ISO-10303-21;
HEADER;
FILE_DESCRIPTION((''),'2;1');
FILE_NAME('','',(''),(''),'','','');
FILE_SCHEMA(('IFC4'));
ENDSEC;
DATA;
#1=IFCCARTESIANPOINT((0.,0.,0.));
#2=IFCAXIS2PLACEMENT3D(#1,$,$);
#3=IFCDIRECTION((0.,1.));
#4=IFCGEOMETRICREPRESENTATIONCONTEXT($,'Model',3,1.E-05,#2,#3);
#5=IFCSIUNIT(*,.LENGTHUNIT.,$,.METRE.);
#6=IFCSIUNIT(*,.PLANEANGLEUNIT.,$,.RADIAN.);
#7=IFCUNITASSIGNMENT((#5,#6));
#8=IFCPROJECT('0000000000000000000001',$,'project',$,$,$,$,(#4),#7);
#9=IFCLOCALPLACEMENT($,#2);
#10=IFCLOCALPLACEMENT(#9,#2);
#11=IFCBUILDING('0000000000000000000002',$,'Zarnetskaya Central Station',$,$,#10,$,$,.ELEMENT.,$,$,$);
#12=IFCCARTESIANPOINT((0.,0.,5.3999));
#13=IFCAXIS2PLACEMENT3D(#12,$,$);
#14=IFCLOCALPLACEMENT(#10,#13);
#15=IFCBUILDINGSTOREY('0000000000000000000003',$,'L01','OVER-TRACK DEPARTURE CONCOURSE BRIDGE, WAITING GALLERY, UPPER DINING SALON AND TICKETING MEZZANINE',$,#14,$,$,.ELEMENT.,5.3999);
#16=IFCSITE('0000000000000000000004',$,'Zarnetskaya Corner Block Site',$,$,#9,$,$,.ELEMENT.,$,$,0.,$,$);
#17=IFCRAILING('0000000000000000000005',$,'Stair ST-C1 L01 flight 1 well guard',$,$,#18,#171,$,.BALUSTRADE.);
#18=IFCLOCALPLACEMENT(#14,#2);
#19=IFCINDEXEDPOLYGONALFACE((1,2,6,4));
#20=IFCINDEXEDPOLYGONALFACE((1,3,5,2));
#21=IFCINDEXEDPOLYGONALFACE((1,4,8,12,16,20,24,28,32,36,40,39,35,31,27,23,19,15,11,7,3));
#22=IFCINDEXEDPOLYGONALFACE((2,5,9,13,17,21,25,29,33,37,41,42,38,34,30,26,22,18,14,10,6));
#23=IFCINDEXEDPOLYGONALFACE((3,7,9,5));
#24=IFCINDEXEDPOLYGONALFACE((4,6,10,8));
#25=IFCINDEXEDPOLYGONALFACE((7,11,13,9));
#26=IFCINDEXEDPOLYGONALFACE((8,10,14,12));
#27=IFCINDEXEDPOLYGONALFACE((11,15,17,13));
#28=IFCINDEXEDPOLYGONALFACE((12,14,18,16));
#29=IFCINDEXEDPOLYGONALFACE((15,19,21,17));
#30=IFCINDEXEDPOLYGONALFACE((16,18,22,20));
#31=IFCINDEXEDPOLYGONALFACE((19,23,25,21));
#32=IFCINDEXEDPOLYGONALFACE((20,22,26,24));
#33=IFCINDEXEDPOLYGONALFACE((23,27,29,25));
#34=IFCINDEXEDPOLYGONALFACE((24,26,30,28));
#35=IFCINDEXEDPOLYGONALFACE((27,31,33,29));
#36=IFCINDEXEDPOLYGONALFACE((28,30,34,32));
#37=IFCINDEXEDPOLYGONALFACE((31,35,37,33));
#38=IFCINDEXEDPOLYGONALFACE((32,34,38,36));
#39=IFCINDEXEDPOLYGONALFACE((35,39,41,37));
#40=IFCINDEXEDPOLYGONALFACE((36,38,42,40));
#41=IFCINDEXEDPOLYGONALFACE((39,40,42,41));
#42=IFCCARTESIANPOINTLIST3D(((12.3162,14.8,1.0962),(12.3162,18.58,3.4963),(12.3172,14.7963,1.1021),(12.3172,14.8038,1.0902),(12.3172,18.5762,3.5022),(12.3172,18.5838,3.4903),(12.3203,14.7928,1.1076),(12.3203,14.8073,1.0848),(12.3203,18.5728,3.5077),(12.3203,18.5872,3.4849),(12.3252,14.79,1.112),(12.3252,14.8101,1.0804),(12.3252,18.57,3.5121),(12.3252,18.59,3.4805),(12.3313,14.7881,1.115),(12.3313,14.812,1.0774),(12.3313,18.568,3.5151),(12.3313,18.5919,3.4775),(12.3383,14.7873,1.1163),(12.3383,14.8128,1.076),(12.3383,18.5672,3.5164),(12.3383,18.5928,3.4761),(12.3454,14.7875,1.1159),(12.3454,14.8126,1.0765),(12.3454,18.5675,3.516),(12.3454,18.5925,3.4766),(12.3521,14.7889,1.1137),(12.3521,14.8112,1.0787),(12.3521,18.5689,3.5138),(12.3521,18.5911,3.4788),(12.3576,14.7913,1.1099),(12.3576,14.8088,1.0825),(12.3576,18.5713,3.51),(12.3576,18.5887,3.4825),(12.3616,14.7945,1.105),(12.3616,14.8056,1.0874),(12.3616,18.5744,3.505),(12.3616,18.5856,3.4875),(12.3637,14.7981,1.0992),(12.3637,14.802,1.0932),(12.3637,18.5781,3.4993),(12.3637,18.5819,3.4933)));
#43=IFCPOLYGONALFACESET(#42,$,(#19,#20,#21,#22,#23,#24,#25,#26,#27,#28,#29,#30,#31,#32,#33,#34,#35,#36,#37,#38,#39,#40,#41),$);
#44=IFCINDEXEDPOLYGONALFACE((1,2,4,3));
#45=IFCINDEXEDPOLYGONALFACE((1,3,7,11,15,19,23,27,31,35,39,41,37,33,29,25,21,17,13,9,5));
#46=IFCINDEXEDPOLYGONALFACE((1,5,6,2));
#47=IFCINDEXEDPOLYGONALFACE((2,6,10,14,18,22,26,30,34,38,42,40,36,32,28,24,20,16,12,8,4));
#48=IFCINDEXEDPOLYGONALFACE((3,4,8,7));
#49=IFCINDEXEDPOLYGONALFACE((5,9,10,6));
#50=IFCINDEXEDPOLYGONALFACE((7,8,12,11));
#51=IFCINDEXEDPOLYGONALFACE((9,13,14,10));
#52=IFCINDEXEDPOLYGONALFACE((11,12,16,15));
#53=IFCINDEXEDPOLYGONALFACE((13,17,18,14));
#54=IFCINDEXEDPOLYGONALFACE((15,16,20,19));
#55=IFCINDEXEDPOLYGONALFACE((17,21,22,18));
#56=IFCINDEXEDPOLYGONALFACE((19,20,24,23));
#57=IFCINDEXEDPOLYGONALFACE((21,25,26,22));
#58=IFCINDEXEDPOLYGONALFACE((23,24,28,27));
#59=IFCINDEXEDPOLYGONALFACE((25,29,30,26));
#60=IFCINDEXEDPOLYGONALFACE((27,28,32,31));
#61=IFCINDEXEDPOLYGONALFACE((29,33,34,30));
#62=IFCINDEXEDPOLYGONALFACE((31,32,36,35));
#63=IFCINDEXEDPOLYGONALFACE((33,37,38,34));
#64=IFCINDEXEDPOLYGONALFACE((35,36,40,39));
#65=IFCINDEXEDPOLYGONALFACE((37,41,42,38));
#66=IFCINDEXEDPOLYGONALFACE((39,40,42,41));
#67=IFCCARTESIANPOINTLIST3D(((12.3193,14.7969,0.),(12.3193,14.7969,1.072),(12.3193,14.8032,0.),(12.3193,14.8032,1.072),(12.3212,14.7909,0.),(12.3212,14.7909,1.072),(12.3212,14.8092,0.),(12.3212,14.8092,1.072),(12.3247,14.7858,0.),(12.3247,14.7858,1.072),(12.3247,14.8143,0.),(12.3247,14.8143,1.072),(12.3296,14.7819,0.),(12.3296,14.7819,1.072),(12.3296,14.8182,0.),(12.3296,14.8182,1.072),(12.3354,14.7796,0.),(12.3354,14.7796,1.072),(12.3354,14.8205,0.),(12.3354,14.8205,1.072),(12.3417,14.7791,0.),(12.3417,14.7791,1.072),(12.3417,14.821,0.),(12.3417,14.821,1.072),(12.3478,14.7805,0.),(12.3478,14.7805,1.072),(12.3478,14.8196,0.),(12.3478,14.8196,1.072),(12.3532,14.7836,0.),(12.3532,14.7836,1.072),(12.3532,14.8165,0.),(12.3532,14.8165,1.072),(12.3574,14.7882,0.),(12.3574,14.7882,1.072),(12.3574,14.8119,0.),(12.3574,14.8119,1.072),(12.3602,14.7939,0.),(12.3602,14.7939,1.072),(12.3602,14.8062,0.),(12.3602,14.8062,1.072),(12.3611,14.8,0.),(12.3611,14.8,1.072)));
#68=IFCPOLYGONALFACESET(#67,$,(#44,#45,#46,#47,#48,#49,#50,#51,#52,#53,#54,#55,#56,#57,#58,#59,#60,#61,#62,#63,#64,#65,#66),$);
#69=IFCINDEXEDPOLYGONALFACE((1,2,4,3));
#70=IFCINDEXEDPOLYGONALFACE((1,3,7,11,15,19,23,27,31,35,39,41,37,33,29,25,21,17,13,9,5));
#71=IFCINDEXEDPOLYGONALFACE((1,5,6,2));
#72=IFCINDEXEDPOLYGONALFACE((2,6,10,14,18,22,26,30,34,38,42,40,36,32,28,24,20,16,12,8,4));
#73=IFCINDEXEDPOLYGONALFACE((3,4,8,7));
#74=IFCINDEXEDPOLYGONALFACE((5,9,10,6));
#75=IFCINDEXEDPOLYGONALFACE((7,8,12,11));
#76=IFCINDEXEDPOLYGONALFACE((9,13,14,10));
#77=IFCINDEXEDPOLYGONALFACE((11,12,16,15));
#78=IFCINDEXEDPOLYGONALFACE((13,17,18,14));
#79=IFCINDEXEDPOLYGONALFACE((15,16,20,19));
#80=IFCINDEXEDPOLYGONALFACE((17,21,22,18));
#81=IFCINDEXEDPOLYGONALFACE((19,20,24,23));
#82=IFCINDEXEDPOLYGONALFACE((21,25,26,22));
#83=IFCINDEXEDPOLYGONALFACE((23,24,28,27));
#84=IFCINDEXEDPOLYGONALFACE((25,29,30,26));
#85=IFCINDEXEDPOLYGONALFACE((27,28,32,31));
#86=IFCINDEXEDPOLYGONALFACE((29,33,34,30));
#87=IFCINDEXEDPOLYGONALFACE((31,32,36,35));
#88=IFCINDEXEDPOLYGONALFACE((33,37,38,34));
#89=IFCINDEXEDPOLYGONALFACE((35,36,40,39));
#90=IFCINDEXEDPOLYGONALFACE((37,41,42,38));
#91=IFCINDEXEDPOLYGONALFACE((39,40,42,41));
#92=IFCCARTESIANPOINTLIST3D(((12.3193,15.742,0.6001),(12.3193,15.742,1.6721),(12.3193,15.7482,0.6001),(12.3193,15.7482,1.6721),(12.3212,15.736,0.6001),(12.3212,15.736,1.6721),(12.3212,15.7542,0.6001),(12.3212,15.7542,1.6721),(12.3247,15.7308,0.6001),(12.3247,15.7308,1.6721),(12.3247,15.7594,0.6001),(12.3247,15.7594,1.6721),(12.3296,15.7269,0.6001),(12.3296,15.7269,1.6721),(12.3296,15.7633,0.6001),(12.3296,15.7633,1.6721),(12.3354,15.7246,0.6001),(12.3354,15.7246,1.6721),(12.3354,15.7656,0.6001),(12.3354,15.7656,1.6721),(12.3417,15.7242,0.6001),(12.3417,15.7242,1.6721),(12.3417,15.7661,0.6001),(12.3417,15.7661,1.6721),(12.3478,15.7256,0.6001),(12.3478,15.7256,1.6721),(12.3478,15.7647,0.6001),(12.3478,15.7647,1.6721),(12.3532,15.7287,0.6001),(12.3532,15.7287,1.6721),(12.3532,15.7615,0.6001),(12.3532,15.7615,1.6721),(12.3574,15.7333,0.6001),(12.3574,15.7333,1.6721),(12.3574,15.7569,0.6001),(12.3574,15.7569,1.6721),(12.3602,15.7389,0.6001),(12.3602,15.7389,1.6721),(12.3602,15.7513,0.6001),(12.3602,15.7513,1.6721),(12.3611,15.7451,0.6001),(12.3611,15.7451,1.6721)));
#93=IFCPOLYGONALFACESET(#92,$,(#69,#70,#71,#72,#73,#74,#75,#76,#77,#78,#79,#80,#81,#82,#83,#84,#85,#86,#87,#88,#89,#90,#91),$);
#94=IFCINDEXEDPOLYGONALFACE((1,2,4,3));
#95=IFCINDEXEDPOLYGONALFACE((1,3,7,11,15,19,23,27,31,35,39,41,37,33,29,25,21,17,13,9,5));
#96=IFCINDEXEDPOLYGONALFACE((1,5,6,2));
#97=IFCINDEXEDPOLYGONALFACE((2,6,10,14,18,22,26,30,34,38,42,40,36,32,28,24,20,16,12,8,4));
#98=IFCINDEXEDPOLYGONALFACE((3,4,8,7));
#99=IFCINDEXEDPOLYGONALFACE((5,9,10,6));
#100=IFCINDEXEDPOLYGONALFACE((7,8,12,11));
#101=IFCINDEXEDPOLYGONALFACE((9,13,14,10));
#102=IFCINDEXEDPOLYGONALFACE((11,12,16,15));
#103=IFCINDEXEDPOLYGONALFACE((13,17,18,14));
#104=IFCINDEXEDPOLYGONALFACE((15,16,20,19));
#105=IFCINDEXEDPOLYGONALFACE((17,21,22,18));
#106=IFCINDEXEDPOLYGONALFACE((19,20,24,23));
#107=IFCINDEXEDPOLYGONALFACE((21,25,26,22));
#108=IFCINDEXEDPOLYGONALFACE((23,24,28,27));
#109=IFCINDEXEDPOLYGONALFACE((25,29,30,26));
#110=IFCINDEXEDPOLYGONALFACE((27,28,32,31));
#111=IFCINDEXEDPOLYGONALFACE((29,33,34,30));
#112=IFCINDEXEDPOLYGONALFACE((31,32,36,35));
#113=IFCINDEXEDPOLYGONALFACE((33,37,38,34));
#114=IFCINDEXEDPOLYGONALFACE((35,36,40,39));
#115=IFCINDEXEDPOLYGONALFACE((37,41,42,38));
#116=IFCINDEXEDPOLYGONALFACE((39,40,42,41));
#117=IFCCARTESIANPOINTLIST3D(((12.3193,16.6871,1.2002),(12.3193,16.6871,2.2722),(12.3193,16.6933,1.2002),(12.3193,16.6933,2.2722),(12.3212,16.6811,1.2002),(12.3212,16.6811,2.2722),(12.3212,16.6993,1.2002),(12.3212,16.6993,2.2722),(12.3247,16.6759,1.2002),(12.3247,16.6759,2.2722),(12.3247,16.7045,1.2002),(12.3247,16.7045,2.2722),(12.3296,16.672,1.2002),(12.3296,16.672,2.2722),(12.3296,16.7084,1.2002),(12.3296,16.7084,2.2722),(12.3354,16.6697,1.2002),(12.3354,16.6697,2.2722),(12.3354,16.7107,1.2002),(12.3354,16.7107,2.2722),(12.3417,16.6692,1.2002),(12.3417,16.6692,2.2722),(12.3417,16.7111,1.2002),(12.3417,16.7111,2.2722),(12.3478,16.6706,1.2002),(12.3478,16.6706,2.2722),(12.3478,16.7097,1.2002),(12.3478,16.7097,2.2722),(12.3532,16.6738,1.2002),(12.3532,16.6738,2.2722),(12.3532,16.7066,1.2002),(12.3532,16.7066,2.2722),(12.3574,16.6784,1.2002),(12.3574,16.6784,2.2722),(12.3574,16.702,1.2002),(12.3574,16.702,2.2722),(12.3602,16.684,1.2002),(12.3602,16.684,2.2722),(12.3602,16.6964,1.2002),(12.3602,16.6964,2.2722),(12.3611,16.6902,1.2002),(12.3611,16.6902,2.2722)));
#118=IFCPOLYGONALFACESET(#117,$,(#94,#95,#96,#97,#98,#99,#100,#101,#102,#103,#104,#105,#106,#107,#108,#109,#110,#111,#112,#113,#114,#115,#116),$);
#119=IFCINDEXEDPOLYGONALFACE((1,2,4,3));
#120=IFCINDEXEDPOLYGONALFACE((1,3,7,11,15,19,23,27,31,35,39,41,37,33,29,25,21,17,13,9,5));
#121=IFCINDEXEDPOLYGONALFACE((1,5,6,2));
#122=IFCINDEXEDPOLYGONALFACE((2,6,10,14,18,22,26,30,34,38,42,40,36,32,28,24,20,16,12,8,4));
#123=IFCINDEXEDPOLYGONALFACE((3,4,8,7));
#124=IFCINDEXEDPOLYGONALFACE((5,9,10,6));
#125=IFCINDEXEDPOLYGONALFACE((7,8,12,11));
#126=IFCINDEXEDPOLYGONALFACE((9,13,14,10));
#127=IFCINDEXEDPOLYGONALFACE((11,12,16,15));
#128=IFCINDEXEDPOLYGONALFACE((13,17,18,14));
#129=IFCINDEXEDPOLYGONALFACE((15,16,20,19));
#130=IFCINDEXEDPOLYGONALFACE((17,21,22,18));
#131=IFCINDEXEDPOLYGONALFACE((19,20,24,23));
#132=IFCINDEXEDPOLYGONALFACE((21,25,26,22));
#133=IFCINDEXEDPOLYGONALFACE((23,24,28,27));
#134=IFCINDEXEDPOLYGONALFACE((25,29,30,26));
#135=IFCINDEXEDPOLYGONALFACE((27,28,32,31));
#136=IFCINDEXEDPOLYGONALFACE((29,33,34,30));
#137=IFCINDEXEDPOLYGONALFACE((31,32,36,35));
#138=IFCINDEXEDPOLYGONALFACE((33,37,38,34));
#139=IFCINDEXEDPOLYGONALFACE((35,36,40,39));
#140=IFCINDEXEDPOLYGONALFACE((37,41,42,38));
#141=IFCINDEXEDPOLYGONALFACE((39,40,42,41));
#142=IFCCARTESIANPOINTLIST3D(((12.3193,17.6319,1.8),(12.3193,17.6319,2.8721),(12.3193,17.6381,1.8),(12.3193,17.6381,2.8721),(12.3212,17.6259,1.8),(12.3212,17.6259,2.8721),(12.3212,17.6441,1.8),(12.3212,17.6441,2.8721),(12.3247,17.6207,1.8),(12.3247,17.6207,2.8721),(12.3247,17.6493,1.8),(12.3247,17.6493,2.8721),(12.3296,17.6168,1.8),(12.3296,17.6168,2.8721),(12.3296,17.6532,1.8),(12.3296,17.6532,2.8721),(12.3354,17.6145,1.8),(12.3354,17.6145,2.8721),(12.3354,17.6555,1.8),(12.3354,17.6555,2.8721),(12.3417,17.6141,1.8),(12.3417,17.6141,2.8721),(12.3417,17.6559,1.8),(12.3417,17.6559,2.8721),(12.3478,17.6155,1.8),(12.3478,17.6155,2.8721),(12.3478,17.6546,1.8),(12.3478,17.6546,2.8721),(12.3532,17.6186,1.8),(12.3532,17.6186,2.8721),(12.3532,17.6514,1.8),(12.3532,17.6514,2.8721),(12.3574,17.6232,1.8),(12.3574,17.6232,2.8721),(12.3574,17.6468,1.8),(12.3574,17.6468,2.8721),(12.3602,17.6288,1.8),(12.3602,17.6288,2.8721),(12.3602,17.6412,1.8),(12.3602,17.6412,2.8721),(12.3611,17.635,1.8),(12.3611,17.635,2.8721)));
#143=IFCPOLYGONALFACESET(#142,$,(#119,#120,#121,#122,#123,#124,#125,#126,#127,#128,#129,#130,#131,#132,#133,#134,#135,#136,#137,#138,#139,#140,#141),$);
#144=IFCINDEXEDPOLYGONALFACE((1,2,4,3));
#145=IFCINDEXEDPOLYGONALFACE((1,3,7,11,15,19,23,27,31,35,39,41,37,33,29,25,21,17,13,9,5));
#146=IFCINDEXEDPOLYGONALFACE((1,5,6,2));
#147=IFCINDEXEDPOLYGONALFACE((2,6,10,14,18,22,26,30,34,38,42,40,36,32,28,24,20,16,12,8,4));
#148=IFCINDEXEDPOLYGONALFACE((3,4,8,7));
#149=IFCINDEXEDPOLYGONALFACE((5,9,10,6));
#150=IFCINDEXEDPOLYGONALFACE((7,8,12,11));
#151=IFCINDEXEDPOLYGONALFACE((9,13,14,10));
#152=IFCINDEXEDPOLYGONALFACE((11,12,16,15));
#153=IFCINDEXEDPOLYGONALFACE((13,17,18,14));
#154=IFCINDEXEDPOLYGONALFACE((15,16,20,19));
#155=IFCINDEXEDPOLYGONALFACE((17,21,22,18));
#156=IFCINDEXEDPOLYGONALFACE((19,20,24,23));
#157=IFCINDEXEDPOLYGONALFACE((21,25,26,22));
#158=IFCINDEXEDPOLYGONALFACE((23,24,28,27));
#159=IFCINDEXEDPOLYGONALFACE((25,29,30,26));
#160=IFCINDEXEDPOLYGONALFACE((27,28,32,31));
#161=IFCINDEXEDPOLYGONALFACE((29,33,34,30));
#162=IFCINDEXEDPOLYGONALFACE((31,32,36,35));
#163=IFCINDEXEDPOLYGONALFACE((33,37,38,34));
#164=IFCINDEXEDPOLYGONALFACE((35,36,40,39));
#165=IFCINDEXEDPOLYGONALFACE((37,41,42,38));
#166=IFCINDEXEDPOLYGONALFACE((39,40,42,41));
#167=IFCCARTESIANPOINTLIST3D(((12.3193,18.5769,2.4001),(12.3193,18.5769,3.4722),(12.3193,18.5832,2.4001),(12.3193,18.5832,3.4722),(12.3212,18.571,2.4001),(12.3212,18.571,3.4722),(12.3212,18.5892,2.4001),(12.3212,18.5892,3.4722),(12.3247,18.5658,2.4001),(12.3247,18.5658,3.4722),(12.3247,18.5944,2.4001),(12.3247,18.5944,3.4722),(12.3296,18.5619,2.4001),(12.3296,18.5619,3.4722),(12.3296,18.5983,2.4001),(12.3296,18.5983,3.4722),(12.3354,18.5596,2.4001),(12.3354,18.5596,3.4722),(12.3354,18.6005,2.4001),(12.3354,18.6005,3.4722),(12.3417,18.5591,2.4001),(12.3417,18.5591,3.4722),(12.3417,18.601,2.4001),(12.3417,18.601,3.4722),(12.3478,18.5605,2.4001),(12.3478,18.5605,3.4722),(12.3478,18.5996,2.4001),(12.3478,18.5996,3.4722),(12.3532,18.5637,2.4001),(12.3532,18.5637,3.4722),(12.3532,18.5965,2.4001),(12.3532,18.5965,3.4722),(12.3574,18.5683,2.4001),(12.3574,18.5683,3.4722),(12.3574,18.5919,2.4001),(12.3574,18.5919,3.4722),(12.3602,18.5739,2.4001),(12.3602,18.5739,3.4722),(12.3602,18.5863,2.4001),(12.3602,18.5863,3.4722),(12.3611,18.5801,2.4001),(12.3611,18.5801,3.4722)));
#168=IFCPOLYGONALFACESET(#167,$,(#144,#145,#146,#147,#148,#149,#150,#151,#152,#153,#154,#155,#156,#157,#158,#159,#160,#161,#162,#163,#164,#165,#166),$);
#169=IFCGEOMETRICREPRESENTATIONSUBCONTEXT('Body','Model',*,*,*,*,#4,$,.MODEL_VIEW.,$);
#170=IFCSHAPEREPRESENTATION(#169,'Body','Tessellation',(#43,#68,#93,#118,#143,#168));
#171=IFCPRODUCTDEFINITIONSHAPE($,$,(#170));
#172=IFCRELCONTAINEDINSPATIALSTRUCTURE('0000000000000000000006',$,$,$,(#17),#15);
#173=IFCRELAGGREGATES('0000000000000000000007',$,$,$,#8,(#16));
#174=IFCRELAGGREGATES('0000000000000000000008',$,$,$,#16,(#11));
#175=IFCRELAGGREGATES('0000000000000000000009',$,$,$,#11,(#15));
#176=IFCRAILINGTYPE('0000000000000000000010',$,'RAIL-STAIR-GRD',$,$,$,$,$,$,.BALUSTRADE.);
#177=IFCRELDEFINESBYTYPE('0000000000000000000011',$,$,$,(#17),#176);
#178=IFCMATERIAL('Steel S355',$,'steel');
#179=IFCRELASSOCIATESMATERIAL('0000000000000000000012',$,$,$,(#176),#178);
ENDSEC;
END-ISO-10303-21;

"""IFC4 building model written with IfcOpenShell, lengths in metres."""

from ifc_helpers import new_model, si_unit, direction, frame, origin, origin_2d, place, context, subcontext, project, spatial, circle, extrude, material, type_object, element, save


model = new_model("IFC4")

# Units and contexts
model_context = context("Model", 3, precision=1e-05, world=origin(), true_north=direction((0.0, 1.0)))
body_context = subcontext(model_context, "Body", "Model", "MODEL_VIEW")
ifc_project = project(units=[si_unit("LENGTHUNIT", "METRE"), si_unit("PLANEANGLEUNIT", "RADIAN")], contexts=[model_context])

# Site, building, storey
site_placement = place(None, origin())
site = spatial("IfcSite", under=ifc_project, at=site_placement, Name="Zarnetskaya Corner Block Site", CompositionType="ELEMENT", RefElevation=0.0)
building_placement = place(site_placement, origin())
building = spatial("IfcBuilding", under=site, at=building_placement, Name="Zarnetskaya Central Station", CompositionType="ELEMENT")
storey_placement = place(building_placement, frame((0.0, 0.0, 5.3999)))
storey = spatial("IfcBuildingStorey", under=building, at=storey_placement, Name="L01", Description="OVER-TRACK DEPARTURE CONCOURSE BRIDGE, WAITING GALLERY, UPPER DINING SALON AND TICKETING MEZZANINE", CompositionType="ELEMENT", Elevation=5.3999)

# Shared definitions
ifc_material_1 = material(Name="Steel S355", Category="steel")

# Railing
railing_type_1 = type_object("IfcRailingType", Name="RAIL-STAIR-GRD", PredefinedType="BALUSTRADE", material=ifc_material_1)
railing_1_placement = place(storey_placement, frame((12.3401, 14.8, 0.0)))
element("IfcRailing", 1, at=railing_1_placement, inside=storey, type_object=railing_type_1, Name="Stair ST-C1 L01 flight 1 well guard", PredefinedType="BALUSTRADE", context=body_context, shape_type="SweptSolid", body=[
    extrude(circle(Radius=0.0239, at=origin_2d()), frame((0.0, 0.0, 1.0962), z_axis=(0.0, 0.8442, 0.536028), x_axis=(-1.0, 0.0, 0.0)), (0.0, 0.0, 1.0), 4.4775),
    extrude(circle(Radius=0.021, at=origin_2d()), origin(), (0.0, 0.0, 1.0), 1.072),
    extrude(circle(Radius=0.021, at=origin_2d()), frame((0.0, 0.9451, 0.6001)), (0.0, 0.0, 1.0), 1.072),
    extrude(circle(Radius=0.021, at=origin_2d()), frame((0.0, 1.8901, 1.2002)), (0.0, 0.0, 1.0), 1.072),
    extrude(circle(Radius=0.021, at=origin_2d()), frame((0.0, 2.835, 1.8)), (0.0, 0.0, 1.0), 1.072),
    extrude(circle(Radius=0.021, at=origin_2d()), frame((0.0, 3.78, 2.4001)), (0.0, 0.0, 1.0), 1.072),
])

save(model, "model.ifc")
